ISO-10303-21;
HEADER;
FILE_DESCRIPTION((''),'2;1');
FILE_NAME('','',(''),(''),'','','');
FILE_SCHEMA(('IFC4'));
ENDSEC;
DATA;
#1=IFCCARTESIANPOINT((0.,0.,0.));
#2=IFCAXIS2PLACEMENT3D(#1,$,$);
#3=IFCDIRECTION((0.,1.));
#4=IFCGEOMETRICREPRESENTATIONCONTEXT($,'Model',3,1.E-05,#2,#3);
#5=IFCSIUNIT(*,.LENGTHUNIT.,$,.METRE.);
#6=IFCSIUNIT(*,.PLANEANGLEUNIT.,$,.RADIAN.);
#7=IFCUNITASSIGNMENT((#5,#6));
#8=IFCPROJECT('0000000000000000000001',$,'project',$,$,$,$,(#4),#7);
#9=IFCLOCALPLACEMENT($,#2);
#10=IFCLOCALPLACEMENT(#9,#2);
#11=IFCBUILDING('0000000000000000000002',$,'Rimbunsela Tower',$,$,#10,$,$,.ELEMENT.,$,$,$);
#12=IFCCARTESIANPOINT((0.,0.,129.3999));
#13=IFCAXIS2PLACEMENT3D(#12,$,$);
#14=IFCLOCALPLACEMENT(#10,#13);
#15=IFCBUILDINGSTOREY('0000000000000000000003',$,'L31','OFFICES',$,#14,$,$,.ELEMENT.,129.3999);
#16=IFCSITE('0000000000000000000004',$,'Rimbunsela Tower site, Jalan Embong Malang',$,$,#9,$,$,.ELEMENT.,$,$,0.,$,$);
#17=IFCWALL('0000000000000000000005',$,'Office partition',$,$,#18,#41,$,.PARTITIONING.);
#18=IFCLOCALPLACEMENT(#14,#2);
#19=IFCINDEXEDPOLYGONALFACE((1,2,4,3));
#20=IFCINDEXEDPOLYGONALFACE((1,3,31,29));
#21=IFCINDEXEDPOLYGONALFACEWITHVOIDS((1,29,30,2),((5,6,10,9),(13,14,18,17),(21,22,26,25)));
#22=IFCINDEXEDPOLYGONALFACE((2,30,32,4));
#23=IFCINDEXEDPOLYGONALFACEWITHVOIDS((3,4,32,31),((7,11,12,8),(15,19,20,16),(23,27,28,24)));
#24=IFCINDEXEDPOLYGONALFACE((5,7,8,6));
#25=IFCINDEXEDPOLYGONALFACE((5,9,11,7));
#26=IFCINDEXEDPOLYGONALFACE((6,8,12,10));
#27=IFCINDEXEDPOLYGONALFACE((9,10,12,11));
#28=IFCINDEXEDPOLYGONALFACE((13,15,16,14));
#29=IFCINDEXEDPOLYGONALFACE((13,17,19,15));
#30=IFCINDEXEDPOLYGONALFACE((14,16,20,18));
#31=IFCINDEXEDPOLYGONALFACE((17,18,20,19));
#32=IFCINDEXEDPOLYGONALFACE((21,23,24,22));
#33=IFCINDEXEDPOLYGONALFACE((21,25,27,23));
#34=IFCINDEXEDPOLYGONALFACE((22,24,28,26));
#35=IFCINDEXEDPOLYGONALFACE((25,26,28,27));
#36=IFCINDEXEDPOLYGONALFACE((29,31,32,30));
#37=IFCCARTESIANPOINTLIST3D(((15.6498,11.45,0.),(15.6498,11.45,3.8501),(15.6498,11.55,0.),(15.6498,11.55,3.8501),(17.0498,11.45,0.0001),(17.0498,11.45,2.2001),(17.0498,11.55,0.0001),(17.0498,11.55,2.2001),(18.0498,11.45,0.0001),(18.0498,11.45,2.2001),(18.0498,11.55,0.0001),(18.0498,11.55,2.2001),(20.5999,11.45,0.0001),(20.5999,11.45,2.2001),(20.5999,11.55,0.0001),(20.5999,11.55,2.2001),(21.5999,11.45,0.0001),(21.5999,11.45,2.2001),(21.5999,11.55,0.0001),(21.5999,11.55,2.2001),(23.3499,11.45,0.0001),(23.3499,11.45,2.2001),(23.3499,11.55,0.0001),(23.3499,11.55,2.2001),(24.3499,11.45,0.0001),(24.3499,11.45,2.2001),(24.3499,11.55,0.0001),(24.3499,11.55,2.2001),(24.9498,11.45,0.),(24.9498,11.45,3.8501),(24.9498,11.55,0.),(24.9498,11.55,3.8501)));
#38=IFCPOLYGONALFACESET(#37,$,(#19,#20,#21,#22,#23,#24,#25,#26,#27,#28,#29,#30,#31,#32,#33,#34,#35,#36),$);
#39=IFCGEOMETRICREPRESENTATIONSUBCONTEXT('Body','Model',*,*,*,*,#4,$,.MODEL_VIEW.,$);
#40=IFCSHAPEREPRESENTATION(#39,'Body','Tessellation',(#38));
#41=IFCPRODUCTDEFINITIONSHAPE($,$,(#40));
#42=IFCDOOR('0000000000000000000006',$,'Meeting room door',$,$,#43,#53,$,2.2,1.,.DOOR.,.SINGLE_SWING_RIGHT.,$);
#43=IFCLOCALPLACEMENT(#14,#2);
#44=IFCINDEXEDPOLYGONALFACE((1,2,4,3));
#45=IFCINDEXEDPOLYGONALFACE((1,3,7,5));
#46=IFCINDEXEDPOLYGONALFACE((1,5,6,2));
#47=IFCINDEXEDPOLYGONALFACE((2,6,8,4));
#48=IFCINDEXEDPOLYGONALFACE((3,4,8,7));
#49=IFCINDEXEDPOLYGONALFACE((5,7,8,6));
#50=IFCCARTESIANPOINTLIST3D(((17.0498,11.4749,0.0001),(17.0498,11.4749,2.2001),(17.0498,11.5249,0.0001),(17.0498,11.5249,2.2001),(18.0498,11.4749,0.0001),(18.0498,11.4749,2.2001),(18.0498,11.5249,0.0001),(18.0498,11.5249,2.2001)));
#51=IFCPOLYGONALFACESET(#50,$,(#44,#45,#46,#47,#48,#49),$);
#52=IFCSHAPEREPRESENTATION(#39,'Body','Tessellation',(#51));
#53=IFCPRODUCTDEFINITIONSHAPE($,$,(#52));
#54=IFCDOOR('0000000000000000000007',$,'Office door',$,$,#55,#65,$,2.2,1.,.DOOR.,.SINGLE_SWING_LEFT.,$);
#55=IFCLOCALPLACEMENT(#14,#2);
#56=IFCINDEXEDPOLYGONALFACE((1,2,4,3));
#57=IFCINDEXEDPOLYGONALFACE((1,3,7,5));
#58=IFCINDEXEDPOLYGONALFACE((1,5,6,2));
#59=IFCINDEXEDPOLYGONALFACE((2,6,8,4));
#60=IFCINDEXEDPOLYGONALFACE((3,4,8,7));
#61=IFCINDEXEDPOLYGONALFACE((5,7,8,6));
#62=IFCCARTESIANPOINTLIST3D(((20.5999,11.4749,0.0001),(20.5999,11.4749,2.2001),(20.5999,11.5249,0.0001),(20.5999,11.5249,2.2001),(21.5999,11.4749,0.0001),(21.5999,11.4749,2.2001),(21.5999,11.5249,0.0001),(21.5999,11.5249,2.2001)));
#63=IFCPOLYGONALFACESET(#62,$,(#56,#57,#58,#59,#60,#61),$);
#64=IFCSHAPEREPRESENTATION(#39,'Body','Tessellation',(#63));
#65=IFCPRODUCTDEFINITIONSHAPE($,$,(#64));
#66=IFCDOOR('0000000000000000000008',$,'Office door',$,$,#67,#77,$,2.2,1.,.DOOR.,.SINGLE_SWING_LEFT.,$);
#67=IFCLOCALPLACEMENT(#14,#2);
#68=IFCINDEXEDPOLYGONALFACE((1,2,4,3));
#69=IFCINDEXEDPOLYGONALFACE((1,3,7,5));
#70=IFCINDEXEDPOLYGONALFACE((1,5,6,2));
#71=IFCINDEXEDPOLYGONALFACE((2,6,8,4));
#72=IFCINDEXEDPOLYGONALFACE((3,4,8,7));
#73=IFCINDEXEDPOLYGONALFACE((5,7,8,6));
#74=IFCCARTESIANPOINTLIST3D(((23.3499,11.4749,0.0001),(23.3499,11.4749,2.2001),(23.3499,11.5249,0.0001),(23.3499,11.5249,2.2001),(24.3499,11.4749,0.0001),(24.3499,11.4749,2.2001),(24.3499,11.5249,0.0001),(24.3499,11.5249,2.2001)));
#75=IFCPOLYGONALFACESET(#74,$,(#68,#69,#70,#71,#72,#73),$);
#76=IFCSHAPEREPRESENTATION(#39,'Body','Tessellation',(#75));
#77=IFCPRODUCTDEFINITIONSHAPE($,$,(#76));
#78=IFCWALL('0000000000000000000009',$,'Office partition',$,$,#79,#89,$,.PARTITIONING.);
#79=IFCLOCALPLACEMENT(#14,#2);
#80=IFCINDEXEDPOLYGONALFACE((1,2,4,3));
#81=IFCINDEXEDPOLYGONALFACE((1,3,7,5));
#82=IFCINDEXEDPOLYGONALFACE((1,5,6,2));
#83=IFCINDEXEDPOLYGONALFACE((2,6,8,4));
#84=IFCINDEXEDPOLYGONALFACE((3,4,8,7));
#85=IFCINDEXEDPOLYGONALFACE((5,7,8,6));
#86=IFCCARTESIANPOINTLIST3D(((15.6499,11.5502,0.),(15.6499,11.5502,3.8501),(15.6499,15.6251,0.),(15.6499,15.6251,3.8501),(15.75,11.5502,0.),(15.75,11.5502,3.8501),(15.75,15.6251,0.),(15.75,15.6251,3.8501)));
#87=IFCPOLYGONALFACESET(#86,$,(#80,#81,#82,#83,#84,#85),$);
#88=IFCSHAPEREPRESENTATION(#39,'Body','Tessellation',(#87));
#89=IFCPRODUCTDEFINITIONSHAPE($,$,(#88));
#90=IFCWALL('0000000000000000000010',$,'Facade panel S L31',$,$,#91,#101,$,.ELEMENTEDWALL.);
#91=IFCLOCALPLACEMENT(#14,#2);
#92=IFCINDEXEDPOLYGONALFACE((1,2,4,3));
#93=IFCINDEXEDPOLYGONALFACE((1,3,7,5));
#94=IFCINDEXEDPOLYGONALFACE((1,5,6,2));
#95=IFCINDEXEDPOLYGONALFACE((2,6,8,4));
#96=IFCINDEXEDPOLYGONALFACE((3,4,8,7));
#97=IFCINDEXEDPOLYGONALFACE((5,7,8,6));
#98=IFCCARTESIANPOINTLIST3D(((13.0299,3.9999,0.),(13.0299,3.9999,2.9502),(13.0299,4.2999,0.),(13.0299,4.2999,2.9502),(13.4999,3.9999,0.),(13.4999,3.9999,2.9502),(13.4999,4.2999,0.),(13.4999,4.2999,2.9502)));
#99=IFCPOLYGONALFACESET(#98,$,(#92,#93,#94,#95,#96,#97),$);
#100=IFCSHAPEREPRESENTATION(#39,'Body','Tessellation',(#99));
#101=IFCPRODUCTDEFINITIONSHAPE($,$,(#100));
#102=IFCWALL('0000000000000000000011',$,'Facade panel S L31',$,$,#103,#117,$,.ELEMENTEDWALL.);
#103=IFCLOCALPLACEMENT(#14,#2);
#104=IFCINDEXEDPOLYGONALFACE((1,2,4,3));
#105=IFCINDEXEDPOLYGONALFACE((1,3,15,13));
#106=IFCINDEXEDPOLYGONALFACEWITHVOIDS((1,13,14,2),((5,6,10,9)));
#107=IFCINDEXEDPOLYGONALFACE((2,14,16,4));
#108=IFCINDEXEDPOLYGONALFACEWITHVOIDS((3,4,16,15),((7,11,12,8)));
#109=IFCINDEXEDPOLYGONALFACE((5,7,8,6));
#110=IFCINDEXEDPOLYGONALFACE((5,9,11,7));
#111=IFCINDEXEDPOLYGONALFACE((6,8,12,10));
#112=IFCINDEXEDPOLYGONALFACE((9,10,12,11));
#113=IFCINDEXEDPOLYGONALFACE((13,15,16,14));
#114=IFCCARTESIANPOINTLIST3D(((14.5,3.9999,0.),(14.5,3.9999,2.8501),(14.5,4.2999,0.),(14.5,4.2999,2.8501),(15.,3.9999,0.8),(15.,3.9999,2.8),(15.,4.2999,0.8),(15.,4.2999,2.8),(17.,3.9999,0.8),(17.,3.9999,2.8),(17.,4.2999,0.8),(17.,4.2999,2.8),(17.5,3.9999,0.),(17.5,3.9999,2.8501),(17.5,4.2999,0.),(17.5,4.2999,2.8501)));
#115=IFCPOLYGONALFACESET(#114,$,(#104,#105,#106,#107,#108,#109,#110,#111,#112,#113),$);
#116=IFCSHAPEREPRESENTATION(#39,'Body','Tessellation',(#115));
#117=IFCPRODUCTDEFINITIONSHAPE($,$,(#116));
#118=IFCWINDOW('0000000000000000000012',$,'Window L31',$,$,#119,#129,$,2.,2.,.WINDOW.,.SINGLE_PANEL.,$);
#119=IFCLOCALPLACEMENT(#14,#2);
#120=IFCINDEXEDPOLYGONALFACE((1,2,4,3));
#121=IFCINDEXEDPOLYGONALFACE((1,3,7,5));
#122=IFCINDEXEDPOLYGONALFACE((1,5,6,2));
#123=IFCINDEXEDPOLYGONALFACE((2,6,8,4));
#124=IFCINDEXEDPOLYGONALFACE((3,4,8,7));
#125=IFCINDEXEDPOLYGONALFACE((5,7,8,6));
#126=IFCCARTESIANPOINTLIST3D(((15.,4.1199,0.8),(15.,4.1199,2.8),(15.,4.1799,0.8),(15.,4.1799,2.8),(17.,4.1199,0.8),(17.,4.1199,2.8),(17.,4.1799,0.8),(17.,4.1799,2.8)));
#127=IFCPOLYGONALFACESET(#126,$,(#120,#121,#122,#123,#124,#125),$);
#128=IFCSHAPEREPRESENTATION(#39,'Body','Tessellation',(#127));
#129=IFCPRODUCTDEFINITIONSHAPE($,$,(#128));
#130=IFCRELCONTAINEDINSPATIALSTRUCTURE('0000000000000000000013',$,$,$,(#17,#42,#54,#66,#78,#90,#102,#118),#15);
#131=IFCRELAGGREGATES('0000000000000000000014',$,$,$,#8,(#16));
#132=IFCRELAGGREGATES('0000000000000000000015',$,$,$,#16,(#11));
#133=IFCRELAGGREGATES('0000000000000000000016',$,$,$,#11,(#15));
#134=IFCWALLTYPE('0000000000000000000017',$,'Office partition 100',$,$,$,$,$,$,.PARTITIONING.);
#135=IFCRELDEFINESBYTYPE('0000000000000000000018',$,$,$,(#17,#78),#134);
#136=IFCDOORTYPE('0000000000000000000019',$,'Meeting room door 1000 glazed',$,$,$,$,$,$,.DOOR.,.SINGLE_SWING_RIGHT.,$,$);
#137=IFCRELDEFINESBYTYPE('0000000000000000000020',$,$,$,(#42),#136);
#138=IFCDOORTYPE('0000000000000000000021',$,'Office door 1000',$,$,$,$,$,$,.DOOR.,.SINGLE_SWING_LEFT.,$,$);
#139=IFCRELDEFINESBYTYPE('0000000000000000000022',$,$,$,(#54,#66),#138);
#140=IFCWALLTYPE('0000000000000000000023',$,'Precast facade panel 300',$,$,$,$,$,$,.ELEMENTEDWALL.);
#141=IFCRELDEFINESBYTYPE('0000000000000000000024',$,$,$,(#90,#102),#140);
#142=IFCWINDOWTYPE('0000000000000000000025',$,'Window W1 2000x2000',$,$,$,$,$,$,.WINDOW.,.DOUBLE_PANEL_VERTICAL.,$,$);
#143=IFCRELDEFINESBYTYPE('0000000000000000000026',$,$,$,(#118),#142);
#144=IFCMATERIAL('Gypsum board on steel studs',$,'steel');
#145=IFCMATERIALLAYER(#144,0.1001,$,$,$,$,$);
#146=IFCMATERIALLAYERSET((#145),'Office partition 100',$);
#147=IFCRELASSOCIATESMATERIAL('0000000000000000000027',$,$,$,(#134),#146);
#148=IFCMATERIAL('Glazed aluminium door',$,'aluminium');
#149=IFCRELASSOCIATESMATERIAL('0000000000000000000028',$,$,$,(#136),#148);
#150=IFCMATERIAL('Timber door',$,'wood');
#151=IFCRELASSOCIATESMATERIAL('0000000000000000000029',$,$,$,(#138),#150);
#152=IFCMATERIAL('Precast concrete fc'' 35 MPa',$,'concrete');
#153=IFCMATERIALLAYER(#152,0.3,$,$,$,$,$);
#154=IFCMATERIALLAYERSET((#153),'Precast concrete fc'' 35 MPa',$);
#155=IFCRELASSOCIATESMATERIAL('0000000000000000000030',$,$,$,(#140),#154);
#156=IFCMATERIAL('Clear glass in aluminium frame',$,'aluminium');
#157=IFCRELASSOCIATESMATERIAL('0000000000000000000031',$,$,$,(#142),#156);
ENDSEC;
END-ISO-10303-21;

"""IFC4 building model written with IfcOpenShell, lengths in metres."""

from ifc_helpers import new_model, si_unit, direction, frame, frame_2d, origin, place, context, subcontext, project, spatial, rectangle, extrude, material, layer, layer_set, type_object, element, fill, save


model = new_model("IFC4")

# Units and contexts
model_context = context("Model", 3, precision=1e-05, world=origin(), true_north=direction((0.0, 1.0)))
body_context = subcontext(model_context, "Body", "Model", "MODEL_VIEW")
ifc_project = project(units=[si_unit("LENGTHUNIT", "METRE"), si_unit("PLANEANGLEUNIT", "RADIAN")], contexts=[model_context])

# Site, building, storey
site_placement = place(None, origin())
site = spatial("IfcSite", under=ifc_project, at=site_placement, Name="Rimbunsela Tower site, Jalan Embong Malang", CompositionType="ELEMENT", RefElevation=0.0)
building_placement = place(site_placement, origin())
building = spatial("IfcBuilding", under=site, at=building_placement, Name="Rimbunsela Tower", CompositionType="ELEMENT")
storey_placement = place(building_placement, frame((0.0, 0.0, 129.3999)))
storey = spatial("IfcBuildingStorey", under=building, at=storey_placement, Name="L31", Description="OFFICES", CompositionType="ELEMENT", Elevation=129.3999)

# Wall, openings, doors
ifc_material_1 = material(Name="Gypsum board on steel studs", Category="steel")
ifc_layer_1 = layer(ifc_material_1, 0.1001)
ifc_layer_set_1 = layer_set([ifc_layer_1], Name="Office partition 100")
wall_type_1 = type_object("IfcWallType", Name="Office partition 100", PredefinedType="PARTITIONING", material=ifc_layer_set_1)
wall_1_placement = place(storey_placement, frame((15.6499, 11.5, 0.0), z_axis=(0.0, 0.0, 1.0), x_axis=(1.0, 0.0, 0.0)))
wall_1 = element("IfcWall", 1, at=wall_1_placement, inside=storey, type_object=wall_type_1, Name="Office partition", PredefinedType="PARTITIONING", context=body_context, shape_type="SweptSolid", body=[
    extrude(rectangle(XDim=9.3, YDim=0.1001, at=frame_2d((4.6499, 0.0))), origin(), (0.0, 0.0, 1.0), 3.8501),
])
opening_1_placement = place(wall_1_placement, frame((1.3999, 0.0, 0.0)))
opening_1 = element("IfcOpeningElement", 2, at=opening_1_placement, cuts=wall_1, PredefinedType="OPENING", context=body_context, shape_type="SweptSolid", body=[
    extrude(rectangle(XDim=1.0, YDim=2.2, at=frame_2d((0.5, 1.1001))), frame((0.0, 0.0601, 0.0), z_axis=(0.0, -1.0, 0.0), x_axis=(1.0, 0.0, 0.0)), (0.0, 0.0, 1.0), 0.1201),
])
opening_2_placement = place(wall_1_placement, frame((4.95, 0.0, 0.0)))
opening_2 = element("IfcOpeningElement", 3, at=opening_2_placement, cuts=wall_1, PredefinedType="OPENING", context=body_context, shape_type="SweptSolid", body=[
    extrude(rectangle(XDim=1.0, YDim=2.2, at=frame_2d((0.5, 1.1001))), frame((0.0, 0.0601, 0.0), z_axis=(0.0, -1.0, 0.0), x_axis=(1.0, 0.0, 0.0)), (0.0, 0.0, 1.0), 0.1201),
])
opening_3_placement = place(wall_1_placement, frame((7.7, 0.0, 0.0)))
opening_3 = element("IfcOpeningElement", 4, at=opening_3_placement, cuts=wall_1, PredefinedType="OPENING", context=body_context, shape_type="SweptSolid", body=[
    extrude(rectangle(XDim=1.0, YDim=2.2, at=frame_2d((0.5, 1.1001))), frame((0.0, 0.0601, 0.0), z_axis=(0.0, -1.0, 0.0), x_axis=(1.0, 0.0, 0.0)), (0.0, 0.0, 1.0), 0.1201),
])
ifc_material_2 = material(Name="Glazed aluminium door", Category="aluminium")
door_type_1 = type_object("IfcDoorType", Name="Meeting room door 1000 glazed", OperationType="SINGLE_SWING_RIGHT", PredefinedType="DOOR", material=ifc_material_2)
door_1_placement = place(opening_1_placement, origin())
door_1 = element("IfcDoor", 5, at=door_1_placement, inside=storey, type_object=door_type_1, Name="Meeting room door", OperationType="SINGLE_SWING_RIGHT", OverallHeight=2.2, OverallWidth=1.0, PredefinedType="DOOR", context=body_context, shape_type="SweptSolid", body=[
    extrude(rectangle(XDim=1.0, YDim=2.2, at=frame_2d((0.5, 1.1001))), frame((0.0, 0.0249, 0.0), z_axis=(0.0, -1.0, 0.0), x_axis=(1.0, 0.0, 0.0)), (0.0, 0.0, 1.0), 0.05),
])
fill(opening_1, door_1)
ifc_material_3 = material(Name="Timber door", Category="wood")
door_type_2 = type_object("IfcDoorType", Name="Office door 1000", OperationType="SINGLE_SWING_LEFT", PredefinedType="DOOR", material=ifc_material_3)
door_2_placement = place(opening_2_placement, origin())
door_2 = element("IfcDoor", 6, at=door_2_placement, inside=storey, type_object=door_type_2, Name="Office door", OperationType="SINGLE_SWING_LEFT", OverallHeight=2.2, OverallWidth=1.0, PredefinedType="DOOR", context=body_context, shape_type="SweptSolid", body=[
    extrude(rectangle(XDim=1.0, YDim=2.2, at=frame_2d((0.5, 1.1001))), frame((0.0, 0.0249, 0.0), z_axis=(0.0, -1.0, 0.0), x_axis=(1.0, 0.0, 0.0)), (0.0, 0.0, 1.0), 0.05),
])
fill(opening_2, door_2)
door_3_placement = place(opening_3_placement, origin())
door_3 = element("IfcDoor", 7, at=door_3_placement, inside=storey, type_object=door_type_2, Name="Office door", OperationType="SINGLE_SWING_LEFT", OverallHeight=2.2, OverallWidth=1.0, PredefinedType="DOOR", context=body_context, shape_type="SweptSolid", body=[
    extrude(rectangle(XDim=1.0, YDim=2.2, at=frame_2d((0.5, 1.1001))), frame((0.0, 0.0249, 0.0), z_axis=(0.0, -1.0, 0.0), x_axis=(1.0, 0.0, 0.0)), (0.0, 0.0, 1.0), 0.05),
])
fill(opening_3, door_3)

# Walls
wall_2_placement = place(storey_placement, frame((15.7, 11.55, 0.0), z_axis=(0.0, 0.0, 1.0), x_axis=(0.0, 1.0, 0.0)))
element("IfcWall", 8, at=wall_2_placement, inside=storey, type_object=wall_type_1, Name="Office partition", PredefinedType="PARTITIONING", context=body_context, shape_type="SweptSolid", body=[
    extrude(rectangle(XDim=4.075, YDim=0.1001, at=frame_2d((2.0376, 0.0))), origin(), (0.0, 0.0, 1.0), 3.8501),
])
ifc_material_4 = material(Name="Precast concrete fc' 35 MPa", Category="concrete")
ifc_layer_2 = layer(ifc_material_4, 0.3)
ifc_layer_set_2 = layer_set([ifc_layer_2], Name="Precast concrete fc' 35 MPa")
wall_type_2 = type_object("IfcWallType", Name="Precast facade panel 300", PredefinedType="ELEMENTEDWALL", material=ifc_layer_set_2)
wall_3_placement = place(storey_placement, frame((13.03, 4.1499, 0.0), z_axis=(0.0, 0.0, 1.0), x_axis=(1.0, 0.0, 0.0)))
element("IfcWall", 9, at=wall_3_placement, inside=storey, type_object=wall_type_2, Name="Facade panel S L31", PredefinedType="ELEMENTEDWALL", context=body_context, shape_type="SweptSolid", body=[
    extrude(rectangle(XDim=0.47, YDim=0.3, at=frame_2d((0.2349, 0.0))), origin(), (0.0, 0.0, 1.0), 2.9502),
])

# Wall, opening, window
wall_4_placement = place(storey_placement, frame((14.5, 4.1499, 0.0), z_axis=(0.0, 0.0, 1.0), x_axis=(1.0, 0.0, 0.0)))
wall_4 = element("IfcWall", 10, at=wall_4_placement, inside=storey, type_object=wall_type_2, Name="Facade panel S L31", PredefinedType="ELEMENTEDWALL", context=body_context, shape_type="SweptSolid", body=[
    extrude(rectangle(XDim=3.0, YDim=0.3, at=frame_2d((1.5, 0.0))), origin(), (0.0, 0.0, 1.0), 2.8501),
])
opening_4_placement = place(wall_4_placement, frame((0.5, 0.0, 0.8)))
opening_4 = element("IfcOpeningElement", 11, at=opening_4_placement, cuts=wall_4, PredefinedType="OPENING", context=body_context, shape_type="SweptSolid", body=[
    extrude(rectangle(XDim=2.0, YDim=2.0, at=frame_2d((1.0, 1.0))), frame((0.0, 0.1599, 0.0), z_axis=(0.0, -1.0, 0.0), x_axis=(1.0, 0.0, 0.0)), (0.0, 0.0, 1.0), 0.3201),
])
ifc_material_5 = material(Name="Clear glass in aluminium frame", Category="aluminium")
window_type = type_object("IfcWindowType", Name="Window W1 2000x2000", PartitioningType="DOUBLE_PANEL_VERTICAL", PredefinedType="WINDOW", material=ifc_material_5)
window_placement = place(opening_4_placement, origin())
window = element("IfcWindow", 12, at=window_placement, inside=storey, type_object=window_type, Name="Window L31", OverallHeight=2.0, OverallWidth=2.0, PartitioningType="SINGLE_PANEL", PredefinedType="WINDOW", context=body_context, shape_type="SweptSolid", body=[
    extrude(rectangle(XDim=2.0, YDim=2.0, at=frame_2d((1.0, 1.0))), frame((0.0, 0.03, 0.0), z_axis=(0.0, -1.0, 0.0), x_axis=(1.0, 0.0, 0.0)), (0.0, 0.0, 1.0), 0.0601),
])
fill(opening_4, window)

save(model, "model.ifc")
